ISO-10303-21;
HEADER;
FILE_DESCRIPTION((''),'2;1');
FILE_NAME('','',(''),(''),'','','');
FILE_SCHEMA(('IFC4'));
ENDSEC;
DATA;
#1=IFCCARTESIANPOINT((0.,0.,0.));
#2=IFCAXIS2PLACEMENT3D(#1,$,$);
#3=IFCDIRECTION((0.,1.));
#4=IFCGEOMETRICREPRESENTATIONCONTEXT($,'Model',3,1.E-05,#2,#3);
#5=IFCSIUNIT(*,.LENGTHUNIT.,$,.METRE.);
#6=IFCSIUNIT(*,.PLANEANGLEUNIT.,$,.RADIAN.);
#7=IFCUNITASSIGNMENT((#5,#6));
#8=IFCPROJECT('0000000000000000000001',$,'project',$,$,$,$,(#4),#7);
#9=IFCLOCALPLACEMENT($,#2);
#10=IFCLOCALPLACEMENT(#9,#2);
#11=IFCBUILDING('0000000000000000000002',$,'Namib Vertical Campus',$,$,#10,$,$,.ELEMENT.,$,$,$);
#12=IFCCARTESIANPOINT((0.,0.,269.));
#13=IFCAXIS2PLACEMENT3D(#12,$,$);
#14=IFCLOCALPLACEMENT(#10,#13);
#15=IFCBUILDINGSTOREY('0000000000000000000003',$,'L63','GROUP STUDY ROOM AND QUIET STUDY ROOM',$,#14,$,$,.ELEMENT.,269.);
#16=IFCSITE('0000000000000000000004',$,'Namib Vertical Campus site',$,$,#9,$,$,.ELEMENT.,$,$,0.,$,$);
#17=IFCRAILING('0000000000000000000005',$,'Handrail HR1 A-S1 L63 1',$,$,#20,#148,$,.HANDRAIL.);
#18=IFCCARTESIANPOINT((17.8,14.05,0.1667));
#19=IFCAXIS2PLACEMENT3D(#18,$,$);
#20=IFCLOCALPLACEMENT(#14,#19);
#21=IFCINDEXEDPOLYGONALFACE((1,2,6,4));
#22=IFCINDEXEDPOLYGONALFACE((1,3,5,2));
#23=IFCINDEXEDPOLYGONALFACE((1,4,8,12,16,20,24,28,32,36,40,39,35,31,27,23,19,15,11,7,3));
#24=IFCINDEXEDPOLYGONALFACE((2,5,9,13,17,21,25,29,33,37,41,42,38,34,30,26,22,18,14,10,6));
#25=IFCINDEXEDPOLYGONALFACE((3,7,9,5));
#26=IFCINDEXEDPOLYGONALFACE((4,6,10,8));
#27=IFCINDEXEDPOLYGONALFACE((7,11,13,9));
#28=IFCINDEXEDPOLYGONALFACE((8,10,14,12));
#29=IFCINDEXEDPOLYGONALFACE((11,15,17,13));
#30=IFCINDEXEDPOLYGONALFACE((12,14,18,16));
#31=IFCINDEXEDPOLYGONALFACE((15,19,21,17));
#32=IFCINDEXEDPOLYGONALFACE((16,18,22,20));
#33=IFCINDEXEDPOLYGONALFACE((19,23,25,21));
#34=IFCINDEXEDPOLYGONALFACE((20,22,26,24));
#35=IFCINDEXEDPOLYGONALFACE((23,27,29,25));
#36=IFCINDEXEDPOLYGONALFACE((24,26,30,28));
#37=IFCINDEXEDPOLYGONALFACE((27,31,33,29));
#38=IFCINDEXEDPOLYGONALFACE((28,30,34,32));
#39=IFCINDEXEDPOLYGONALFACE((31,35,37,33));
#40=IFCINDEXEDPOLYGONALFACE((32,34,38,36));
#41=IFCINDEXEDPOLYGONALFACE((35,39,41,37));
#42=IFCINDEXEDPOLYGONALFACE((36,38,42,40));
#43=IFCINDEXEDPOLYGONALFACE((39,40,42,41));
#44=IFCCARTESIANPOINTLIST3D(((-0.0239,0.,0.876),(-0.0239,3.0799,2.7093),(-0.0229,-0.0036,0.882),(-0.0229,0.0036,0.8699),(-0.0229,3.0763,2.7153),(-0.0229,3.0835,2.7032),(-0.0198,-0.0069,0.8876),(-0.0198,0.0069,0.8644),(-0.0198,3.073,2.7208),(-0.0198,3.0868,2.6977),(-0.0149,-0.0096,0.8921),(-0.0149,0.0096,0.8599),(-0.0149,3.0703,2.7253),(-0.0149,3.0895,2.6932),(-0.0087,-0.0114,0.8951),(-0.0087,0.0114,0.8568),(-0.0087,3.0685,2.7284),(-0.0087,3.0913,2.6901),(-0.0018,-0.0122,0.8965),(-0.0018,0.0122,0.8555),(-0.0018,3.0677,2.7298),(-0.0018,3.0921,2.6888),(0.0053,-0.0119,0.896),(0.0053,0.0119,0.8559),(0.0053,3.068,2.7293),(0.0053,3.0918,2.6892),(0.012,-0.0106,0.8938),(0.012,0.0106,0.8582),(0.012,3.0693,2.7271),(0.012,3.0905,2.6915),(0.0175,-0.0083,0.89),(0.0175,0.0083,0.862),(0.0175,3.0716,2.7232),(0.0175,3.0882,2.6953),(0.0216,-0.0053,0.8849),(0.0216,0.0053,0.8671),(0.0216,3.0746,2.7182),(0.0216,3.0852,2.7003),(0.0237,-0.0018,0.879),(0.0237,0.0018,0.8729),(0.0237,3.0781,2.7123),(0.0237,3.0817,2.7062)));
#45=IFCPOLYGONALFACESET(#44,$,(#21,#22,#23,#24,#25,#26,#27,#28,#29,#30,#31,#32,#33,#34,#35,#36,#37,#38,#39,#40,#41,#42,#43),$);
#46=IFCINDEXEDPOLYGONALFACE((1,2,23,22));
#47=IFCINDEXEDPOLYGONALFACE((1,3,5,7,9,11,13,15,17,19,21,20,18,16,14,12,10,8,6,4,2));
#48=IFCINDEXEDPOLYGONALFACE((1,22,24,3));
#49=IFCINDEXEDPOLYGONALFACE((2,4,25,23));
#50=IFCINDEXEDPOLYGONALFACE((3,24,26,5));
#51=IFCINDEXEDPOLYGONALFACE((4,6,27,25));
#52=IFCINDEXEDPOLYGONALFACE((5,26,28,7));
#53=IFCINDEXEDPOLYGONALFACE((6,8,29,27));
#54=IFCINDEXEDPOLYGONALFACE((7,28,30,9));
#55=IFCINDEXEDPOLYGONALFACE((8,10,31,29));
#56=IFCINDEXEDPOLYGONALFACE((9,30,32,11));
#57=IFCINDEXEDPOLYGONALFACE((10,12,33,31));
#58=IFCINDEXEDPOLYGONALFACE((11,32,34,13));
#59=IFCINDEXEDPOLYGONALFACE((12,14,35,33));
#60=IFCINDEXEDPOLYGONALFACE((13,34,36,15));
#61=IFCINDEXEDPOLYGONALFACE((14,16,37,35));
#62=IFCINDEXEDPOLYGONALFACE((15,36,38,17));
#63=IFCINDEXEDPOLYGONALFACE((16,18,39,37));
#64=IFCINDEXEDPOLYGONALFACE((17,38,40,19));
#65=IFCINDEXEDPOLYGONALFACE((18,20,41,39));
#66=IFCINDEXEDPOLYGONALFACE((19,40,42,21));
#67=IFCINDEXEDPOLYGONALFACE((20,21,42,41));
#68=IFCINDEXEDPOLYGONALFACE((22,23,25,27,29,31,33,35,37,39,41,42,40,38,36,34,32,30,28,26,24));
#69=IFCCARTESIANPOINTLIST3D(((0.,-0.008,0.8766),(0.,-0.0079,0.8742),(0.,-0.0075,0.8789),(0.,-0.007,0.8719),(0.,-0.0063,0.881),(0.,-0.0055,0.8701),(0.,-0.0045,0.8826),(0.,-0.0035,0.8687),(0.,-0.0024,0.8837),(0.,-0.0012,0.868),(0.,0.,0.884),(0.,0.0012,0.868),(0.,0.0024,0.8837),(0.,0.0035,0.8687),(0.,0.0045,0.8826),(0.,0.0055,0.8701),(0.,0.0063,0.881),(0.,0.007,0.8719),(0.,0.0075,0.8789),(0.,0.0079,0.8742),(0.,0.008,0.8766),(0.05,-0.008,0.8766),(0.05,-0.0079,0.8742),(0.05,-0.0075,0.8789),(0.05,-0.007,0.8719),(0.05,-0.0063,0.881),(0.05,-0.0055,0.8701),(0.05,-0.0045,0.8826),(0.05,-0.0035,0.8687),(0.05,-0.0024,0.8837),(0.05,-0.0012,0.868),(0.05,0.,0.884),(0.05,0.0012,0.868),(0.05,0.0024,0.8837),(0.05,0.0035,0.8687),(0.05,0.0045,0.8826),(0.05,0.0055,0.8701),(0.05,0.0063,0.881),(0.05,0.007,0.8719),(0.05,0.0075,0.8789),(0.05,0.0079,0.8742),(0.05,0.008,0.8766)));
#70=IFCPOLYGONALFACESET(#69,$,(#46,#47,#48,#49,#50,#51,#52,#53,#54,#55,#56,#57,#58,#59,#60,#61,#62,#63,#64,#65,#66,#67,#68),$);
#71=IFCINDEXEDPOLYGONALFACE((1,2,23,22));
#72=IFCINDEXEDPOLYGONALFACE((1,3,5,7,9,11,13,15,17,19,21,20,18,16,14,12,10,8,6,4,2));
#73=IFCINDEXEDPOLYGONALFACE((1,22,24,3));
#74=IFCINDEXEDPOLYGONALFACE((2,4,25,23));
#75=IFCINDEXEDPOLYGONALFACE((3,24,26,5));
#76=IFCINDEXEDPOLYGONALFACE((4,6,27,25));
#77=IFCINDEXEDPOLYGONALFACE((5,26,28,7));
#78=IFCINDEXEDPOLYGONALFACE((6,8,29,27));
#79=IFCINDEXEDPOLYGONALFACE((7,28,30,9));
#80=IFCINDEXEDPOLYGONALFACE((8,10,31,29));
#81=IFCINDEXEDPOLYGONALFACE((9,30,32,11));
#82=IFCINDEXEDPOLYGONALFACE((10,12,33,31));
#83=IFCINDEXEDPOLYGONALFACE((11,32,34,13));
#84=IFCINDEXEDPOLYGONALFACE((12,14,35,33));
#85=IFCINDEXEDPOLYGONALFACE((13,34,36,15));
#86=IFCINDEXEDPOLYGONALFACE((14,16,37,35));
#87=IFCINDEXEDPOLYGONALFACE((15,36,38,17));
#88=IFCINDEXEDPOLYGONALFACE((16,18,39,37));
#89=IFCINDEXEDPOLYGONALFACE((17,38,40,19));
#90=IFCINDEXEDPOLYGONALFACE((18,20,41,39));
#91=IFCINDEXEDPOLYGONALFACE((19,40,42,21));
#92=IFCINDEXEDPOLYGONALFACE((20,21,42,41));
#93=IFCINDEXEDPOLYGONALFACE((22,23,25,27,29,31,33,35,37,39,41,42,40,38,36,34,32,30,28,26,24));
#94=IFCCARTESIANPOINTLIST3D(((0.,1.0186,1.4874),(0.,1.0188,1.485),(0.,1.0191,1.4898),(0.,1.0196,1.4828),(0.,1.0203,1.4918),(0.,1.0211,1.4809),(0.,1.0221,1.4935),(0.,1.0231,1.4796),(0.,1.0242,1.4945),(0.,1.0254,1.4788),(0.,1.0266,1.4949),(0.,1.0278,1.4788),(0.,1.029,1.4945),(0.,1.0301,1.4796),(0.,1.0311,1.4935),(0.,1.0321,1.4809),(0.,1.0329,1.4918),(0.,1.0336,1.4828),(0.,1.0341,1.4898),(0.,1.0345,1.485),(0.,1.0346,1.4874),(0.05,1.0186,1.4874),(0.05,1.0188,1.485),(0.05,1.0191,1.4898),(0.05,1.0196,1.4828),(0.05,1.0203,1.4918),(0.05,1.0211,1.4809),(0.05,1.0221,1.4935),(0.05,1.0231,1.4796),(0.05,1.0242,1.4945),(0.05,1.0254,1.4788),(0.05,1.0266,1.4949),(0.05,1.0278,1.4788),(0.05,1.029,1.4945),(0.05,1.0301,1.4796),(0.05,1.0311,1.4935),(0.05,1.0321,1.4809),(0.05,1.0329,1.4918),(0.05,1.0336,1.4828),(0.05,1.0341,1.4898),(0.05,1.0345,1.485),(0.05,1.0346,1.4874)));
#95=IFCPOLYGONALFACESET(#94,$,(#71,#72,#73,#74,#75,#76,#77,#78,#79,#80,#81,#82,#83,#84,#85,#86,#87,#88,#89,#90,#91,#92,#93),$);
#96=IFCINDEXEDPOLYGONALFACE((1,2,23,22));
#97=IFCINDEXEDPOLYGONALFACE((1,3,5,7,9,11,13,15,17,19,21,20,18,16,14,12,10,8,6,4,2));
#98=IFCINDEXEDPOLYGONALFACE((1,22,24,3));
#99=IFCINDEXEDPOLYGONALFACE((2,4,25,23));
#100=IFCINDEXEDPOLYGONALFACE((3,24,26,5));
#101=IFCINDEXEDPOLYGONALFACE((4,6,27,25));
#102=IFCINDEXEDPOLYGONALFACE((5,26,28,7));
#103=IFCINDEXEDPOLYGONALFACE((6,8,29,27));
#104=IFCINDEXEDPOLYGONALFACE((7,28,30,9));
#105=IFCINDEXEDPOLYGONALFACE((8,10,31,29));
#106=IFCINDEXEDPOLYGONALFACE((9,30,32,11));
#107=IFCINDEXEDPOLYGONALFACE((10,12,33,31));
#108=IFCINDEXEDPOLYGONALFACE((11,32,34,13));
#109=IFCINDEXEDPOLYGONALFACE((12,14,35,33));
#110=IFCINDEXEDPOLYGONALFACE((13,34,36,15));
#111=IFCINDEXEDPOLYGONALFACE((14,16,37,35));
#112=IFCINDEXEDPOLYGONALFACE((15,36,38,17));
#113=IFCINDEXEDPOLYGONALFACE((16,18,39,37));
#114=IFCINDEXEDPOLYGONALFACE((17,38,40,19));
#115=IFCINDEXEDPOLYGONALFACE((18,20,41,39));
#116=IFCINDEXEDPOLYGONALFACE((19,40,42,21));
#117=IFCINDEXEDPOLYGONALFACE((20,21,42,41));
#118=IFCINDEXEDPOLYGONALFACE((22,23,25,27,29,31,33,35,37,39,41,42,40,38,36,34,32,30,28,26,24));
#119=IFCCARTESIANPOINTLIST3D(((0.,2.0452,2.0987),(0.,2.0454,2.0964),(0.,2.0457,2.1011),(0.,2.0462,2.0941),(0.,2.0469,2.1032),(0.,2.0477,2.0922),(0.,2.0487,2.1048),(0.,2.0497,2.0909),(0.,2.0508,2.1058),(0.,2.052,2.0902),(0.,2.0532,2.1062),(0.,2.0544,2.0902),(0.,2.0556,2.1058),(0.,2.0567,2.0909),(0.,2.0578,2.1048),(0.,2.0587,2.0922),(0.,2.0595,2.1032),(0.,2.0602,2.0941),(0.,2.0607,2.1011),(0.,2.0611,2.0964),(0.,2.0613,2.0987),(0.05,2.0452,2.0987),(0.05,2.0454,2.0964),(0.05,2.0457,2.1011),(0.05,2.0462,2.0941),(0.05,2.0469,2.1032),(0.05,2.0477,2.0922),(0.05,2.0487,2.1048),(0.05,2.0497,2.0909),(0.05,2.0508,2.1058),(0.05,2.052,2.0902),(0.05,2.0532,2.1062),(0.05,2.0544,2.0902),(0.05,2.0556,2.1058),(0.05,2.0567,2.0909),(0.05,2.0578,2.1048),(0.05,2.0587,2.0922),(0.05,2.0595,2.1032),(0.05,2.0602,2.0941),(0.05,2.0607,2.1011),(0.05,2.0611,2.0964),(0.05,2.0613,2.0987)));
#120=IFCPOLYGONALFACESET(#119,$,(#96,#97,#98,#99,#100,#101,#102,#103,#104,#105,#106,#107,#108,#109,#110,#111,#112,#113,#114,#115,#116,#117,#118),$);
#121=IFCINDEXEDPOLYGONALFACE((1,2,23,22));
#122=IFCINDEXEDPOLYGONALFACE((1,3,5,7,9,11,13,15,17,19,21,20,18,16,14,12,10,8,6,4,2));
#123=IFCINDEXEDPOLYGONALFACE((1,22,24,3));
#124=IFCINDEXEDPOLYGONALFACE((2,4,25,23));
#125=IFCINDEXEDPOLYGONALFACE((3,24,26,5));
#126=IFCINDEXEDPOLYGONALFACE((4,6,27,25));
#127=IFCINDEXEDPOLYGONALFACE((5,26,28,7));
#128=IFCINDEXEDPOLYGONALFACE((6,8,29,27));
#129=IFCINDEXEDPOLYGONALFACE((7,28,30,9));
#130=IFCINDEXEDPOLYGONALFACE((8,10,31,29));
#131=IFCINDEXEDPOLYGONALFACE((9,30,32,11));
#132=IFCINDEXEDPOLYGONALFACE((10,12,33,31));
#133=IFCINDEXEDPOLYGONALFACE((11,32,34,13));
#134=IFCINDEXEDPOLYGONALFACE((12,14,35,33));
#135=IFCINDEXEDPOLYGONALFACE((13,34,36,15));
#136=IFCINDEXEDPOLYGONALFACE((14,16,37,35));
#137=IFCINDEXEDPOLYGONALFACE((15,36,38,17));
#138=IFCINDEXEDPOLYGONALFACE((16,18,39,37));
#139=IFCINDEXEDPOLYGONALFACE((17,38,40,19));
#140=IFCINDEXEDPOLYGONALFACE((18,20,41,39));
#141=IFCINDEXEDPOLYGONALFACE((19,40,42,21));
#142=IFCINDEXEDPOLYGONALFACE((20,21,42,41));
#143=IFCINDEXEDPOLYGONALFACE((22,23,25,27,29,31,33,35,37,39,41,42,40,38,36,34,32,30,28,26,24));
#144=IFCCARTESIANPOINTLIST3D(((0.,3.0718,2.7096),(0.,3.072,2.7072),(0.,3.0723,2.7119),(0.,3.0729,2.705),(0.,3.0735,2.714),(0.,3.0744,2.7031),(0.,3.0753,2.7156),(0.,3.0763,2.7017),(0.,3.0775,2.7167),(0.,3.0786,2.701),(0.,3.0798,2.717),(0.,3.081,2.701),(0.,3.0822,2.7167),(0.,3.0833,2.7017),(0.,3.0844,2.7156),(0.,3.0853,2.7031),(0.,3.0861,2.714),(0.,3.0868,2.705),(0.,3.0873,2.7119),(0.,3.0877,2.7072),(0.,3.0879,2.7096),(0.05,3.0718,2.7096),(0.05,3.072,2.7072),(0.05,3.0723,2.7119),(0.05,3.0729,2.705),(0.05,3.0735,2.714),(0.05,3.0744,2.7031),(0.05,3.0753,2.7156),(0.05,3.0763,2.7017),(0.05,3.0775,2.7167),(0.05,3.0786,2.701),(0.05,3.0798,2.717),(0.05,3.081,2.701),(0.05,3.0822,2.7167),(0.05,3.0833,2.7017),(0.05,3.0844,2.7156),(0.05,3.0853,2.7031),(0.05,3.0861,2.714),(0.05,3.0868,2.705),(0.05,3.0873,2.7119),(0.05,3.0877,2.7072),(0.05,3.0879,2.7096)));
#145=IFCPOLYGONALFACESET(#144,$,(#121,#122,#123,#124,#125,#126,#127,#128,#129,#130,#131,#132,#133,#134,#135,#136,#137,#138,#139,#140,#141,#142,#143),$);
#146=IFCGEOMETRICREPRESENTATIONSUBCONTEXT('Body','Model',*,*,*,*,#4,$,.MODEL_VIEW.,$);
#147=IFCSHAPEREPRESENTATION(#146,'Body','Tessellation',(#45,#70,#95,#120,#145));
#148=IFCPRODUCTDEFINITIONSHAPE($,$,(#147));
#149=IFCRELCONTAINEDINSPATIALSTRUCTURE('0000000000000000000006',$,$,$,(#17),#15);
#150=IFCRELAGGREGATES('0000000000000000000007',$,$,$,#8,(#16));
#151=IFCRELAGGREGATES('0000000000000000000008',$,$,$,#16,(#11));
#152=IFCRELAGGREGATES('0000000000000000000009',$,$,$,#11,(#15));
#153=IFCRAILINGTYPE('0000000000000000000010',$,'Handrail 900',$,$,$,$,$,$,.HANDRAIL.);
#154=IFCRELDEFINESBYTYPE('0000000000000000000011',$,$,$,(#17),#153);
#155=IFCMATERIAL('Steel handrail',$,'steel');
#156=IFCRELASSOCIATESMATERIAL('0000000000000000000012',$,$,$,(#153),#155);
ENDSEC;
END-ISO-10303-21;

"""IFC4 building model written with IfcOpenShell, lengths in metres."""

from ifc_helpers import new_model, si_unit, direction, frame, origin, origin_2d, place, context, subcontext, project, spatial, circle, extrude, material, type_object, element, save


model = new_model("IFC4")

# Units and contexts
model_context = context("Model", 3, precision=1e-05, world=origin(), true_north=direction((0.0, 1.0)))
body_context = subcontext(model_context, "Body", "Model", "MODEL_VIEW")
ifc_project = project(units=[si_unit("LENGTHUNIT", "METRE"), si_unit("PLANEANGLEUNIT", "RADIAN")], contexts=[model_context])

# Site, building, storey
site_placement = place(None, origin())
site = spatial("IfcSite", under=ifc_project, at=site_placement, Name="Namib Vertical Campus site", CompositionType="ELEMENT", RefElevation=0.0)
building_placement = place(site_placement, origin())
building = spatial("IfcBuilding", under=site, at=building_placement, Name="Namib Vertical Campus", CompositionType="ELEMENT")
storey_placement = place(building_placement, frame((0.0, 0.0, 269.0)))
storey = spatial("IfcBuildingStorey", under=building, at=storey_placement, Name="L63", Description="GROUP STUDY ROOM AND QUIET STUDY ROOM", CompositionType="ELEMENT", Elevation=269.0)

# Railing
ifc_material_1 = material(Name="Steel handrail", Category="steel")
railing_type_1 = type_object("IfcRailingType", Name="Handrail 900", PredefinedType="HANDRAIL", material=ifc_material_1)
railing_1_placement = place(storey_placement, frame((17.8, 14.05, 0.1667)))
element("IfcRailing", 1, at=railing_1_placement, inside=storey, type_object=railing_type_1, Name="Handrail HR1 A-S1 L63 1", PredefinedType="HANDRAIL", context=body_context, shape_type="SweptSolid", body=[
    extrude(circle(Radius=0.0239, at=origin_2d()), frame((0.0, 0.0, 0.876), z_axis=(0.0, 0.859291, 0.511487), x_axis=(-1.0, 0.0, 0.0)), (0.0, 0.0, 1.0), 3.5842),
    extrude(circle(Radius=0.0081, at=origin_2d()), frame((0.0, 0.0, 0.876), z_axis=(1.0, 0.0, 0.0), x_axis=(0.0, 0.0, 1.0)), (0.0, 0.0, 1.0), 0.05),
    extrude(circle(Radius=0.0081, at=origin_2d()), frame((0.0, 1.0266, 1.4868), z_axis=(1.0, 0.0, 0.0), x_axis=(0.0, 0.0, 1.0)), (0.0, 0.0, 1.0), 0.05),
    extrude(circle(Radius=0.0081, at=origin_2d()), frame((0.0, 2.0532, 2.0981), z_axis=(1.0, 0.0, 0.0), x_axis=(0.0, 0.0, 1.0)), (0.0, 0.0, 1.0), 0.05),
    extrude(circle(Radius=0.0081, at=origin_2d()), frame((0.0, 3.0798, 2.709), z_axis=(1.0, 0.0, 0.0), x_axis=(0.0, 0.0, 1.0)), (0.0, 0.0, 1.0), 0.05),
])

save(model, "model.ifc")
